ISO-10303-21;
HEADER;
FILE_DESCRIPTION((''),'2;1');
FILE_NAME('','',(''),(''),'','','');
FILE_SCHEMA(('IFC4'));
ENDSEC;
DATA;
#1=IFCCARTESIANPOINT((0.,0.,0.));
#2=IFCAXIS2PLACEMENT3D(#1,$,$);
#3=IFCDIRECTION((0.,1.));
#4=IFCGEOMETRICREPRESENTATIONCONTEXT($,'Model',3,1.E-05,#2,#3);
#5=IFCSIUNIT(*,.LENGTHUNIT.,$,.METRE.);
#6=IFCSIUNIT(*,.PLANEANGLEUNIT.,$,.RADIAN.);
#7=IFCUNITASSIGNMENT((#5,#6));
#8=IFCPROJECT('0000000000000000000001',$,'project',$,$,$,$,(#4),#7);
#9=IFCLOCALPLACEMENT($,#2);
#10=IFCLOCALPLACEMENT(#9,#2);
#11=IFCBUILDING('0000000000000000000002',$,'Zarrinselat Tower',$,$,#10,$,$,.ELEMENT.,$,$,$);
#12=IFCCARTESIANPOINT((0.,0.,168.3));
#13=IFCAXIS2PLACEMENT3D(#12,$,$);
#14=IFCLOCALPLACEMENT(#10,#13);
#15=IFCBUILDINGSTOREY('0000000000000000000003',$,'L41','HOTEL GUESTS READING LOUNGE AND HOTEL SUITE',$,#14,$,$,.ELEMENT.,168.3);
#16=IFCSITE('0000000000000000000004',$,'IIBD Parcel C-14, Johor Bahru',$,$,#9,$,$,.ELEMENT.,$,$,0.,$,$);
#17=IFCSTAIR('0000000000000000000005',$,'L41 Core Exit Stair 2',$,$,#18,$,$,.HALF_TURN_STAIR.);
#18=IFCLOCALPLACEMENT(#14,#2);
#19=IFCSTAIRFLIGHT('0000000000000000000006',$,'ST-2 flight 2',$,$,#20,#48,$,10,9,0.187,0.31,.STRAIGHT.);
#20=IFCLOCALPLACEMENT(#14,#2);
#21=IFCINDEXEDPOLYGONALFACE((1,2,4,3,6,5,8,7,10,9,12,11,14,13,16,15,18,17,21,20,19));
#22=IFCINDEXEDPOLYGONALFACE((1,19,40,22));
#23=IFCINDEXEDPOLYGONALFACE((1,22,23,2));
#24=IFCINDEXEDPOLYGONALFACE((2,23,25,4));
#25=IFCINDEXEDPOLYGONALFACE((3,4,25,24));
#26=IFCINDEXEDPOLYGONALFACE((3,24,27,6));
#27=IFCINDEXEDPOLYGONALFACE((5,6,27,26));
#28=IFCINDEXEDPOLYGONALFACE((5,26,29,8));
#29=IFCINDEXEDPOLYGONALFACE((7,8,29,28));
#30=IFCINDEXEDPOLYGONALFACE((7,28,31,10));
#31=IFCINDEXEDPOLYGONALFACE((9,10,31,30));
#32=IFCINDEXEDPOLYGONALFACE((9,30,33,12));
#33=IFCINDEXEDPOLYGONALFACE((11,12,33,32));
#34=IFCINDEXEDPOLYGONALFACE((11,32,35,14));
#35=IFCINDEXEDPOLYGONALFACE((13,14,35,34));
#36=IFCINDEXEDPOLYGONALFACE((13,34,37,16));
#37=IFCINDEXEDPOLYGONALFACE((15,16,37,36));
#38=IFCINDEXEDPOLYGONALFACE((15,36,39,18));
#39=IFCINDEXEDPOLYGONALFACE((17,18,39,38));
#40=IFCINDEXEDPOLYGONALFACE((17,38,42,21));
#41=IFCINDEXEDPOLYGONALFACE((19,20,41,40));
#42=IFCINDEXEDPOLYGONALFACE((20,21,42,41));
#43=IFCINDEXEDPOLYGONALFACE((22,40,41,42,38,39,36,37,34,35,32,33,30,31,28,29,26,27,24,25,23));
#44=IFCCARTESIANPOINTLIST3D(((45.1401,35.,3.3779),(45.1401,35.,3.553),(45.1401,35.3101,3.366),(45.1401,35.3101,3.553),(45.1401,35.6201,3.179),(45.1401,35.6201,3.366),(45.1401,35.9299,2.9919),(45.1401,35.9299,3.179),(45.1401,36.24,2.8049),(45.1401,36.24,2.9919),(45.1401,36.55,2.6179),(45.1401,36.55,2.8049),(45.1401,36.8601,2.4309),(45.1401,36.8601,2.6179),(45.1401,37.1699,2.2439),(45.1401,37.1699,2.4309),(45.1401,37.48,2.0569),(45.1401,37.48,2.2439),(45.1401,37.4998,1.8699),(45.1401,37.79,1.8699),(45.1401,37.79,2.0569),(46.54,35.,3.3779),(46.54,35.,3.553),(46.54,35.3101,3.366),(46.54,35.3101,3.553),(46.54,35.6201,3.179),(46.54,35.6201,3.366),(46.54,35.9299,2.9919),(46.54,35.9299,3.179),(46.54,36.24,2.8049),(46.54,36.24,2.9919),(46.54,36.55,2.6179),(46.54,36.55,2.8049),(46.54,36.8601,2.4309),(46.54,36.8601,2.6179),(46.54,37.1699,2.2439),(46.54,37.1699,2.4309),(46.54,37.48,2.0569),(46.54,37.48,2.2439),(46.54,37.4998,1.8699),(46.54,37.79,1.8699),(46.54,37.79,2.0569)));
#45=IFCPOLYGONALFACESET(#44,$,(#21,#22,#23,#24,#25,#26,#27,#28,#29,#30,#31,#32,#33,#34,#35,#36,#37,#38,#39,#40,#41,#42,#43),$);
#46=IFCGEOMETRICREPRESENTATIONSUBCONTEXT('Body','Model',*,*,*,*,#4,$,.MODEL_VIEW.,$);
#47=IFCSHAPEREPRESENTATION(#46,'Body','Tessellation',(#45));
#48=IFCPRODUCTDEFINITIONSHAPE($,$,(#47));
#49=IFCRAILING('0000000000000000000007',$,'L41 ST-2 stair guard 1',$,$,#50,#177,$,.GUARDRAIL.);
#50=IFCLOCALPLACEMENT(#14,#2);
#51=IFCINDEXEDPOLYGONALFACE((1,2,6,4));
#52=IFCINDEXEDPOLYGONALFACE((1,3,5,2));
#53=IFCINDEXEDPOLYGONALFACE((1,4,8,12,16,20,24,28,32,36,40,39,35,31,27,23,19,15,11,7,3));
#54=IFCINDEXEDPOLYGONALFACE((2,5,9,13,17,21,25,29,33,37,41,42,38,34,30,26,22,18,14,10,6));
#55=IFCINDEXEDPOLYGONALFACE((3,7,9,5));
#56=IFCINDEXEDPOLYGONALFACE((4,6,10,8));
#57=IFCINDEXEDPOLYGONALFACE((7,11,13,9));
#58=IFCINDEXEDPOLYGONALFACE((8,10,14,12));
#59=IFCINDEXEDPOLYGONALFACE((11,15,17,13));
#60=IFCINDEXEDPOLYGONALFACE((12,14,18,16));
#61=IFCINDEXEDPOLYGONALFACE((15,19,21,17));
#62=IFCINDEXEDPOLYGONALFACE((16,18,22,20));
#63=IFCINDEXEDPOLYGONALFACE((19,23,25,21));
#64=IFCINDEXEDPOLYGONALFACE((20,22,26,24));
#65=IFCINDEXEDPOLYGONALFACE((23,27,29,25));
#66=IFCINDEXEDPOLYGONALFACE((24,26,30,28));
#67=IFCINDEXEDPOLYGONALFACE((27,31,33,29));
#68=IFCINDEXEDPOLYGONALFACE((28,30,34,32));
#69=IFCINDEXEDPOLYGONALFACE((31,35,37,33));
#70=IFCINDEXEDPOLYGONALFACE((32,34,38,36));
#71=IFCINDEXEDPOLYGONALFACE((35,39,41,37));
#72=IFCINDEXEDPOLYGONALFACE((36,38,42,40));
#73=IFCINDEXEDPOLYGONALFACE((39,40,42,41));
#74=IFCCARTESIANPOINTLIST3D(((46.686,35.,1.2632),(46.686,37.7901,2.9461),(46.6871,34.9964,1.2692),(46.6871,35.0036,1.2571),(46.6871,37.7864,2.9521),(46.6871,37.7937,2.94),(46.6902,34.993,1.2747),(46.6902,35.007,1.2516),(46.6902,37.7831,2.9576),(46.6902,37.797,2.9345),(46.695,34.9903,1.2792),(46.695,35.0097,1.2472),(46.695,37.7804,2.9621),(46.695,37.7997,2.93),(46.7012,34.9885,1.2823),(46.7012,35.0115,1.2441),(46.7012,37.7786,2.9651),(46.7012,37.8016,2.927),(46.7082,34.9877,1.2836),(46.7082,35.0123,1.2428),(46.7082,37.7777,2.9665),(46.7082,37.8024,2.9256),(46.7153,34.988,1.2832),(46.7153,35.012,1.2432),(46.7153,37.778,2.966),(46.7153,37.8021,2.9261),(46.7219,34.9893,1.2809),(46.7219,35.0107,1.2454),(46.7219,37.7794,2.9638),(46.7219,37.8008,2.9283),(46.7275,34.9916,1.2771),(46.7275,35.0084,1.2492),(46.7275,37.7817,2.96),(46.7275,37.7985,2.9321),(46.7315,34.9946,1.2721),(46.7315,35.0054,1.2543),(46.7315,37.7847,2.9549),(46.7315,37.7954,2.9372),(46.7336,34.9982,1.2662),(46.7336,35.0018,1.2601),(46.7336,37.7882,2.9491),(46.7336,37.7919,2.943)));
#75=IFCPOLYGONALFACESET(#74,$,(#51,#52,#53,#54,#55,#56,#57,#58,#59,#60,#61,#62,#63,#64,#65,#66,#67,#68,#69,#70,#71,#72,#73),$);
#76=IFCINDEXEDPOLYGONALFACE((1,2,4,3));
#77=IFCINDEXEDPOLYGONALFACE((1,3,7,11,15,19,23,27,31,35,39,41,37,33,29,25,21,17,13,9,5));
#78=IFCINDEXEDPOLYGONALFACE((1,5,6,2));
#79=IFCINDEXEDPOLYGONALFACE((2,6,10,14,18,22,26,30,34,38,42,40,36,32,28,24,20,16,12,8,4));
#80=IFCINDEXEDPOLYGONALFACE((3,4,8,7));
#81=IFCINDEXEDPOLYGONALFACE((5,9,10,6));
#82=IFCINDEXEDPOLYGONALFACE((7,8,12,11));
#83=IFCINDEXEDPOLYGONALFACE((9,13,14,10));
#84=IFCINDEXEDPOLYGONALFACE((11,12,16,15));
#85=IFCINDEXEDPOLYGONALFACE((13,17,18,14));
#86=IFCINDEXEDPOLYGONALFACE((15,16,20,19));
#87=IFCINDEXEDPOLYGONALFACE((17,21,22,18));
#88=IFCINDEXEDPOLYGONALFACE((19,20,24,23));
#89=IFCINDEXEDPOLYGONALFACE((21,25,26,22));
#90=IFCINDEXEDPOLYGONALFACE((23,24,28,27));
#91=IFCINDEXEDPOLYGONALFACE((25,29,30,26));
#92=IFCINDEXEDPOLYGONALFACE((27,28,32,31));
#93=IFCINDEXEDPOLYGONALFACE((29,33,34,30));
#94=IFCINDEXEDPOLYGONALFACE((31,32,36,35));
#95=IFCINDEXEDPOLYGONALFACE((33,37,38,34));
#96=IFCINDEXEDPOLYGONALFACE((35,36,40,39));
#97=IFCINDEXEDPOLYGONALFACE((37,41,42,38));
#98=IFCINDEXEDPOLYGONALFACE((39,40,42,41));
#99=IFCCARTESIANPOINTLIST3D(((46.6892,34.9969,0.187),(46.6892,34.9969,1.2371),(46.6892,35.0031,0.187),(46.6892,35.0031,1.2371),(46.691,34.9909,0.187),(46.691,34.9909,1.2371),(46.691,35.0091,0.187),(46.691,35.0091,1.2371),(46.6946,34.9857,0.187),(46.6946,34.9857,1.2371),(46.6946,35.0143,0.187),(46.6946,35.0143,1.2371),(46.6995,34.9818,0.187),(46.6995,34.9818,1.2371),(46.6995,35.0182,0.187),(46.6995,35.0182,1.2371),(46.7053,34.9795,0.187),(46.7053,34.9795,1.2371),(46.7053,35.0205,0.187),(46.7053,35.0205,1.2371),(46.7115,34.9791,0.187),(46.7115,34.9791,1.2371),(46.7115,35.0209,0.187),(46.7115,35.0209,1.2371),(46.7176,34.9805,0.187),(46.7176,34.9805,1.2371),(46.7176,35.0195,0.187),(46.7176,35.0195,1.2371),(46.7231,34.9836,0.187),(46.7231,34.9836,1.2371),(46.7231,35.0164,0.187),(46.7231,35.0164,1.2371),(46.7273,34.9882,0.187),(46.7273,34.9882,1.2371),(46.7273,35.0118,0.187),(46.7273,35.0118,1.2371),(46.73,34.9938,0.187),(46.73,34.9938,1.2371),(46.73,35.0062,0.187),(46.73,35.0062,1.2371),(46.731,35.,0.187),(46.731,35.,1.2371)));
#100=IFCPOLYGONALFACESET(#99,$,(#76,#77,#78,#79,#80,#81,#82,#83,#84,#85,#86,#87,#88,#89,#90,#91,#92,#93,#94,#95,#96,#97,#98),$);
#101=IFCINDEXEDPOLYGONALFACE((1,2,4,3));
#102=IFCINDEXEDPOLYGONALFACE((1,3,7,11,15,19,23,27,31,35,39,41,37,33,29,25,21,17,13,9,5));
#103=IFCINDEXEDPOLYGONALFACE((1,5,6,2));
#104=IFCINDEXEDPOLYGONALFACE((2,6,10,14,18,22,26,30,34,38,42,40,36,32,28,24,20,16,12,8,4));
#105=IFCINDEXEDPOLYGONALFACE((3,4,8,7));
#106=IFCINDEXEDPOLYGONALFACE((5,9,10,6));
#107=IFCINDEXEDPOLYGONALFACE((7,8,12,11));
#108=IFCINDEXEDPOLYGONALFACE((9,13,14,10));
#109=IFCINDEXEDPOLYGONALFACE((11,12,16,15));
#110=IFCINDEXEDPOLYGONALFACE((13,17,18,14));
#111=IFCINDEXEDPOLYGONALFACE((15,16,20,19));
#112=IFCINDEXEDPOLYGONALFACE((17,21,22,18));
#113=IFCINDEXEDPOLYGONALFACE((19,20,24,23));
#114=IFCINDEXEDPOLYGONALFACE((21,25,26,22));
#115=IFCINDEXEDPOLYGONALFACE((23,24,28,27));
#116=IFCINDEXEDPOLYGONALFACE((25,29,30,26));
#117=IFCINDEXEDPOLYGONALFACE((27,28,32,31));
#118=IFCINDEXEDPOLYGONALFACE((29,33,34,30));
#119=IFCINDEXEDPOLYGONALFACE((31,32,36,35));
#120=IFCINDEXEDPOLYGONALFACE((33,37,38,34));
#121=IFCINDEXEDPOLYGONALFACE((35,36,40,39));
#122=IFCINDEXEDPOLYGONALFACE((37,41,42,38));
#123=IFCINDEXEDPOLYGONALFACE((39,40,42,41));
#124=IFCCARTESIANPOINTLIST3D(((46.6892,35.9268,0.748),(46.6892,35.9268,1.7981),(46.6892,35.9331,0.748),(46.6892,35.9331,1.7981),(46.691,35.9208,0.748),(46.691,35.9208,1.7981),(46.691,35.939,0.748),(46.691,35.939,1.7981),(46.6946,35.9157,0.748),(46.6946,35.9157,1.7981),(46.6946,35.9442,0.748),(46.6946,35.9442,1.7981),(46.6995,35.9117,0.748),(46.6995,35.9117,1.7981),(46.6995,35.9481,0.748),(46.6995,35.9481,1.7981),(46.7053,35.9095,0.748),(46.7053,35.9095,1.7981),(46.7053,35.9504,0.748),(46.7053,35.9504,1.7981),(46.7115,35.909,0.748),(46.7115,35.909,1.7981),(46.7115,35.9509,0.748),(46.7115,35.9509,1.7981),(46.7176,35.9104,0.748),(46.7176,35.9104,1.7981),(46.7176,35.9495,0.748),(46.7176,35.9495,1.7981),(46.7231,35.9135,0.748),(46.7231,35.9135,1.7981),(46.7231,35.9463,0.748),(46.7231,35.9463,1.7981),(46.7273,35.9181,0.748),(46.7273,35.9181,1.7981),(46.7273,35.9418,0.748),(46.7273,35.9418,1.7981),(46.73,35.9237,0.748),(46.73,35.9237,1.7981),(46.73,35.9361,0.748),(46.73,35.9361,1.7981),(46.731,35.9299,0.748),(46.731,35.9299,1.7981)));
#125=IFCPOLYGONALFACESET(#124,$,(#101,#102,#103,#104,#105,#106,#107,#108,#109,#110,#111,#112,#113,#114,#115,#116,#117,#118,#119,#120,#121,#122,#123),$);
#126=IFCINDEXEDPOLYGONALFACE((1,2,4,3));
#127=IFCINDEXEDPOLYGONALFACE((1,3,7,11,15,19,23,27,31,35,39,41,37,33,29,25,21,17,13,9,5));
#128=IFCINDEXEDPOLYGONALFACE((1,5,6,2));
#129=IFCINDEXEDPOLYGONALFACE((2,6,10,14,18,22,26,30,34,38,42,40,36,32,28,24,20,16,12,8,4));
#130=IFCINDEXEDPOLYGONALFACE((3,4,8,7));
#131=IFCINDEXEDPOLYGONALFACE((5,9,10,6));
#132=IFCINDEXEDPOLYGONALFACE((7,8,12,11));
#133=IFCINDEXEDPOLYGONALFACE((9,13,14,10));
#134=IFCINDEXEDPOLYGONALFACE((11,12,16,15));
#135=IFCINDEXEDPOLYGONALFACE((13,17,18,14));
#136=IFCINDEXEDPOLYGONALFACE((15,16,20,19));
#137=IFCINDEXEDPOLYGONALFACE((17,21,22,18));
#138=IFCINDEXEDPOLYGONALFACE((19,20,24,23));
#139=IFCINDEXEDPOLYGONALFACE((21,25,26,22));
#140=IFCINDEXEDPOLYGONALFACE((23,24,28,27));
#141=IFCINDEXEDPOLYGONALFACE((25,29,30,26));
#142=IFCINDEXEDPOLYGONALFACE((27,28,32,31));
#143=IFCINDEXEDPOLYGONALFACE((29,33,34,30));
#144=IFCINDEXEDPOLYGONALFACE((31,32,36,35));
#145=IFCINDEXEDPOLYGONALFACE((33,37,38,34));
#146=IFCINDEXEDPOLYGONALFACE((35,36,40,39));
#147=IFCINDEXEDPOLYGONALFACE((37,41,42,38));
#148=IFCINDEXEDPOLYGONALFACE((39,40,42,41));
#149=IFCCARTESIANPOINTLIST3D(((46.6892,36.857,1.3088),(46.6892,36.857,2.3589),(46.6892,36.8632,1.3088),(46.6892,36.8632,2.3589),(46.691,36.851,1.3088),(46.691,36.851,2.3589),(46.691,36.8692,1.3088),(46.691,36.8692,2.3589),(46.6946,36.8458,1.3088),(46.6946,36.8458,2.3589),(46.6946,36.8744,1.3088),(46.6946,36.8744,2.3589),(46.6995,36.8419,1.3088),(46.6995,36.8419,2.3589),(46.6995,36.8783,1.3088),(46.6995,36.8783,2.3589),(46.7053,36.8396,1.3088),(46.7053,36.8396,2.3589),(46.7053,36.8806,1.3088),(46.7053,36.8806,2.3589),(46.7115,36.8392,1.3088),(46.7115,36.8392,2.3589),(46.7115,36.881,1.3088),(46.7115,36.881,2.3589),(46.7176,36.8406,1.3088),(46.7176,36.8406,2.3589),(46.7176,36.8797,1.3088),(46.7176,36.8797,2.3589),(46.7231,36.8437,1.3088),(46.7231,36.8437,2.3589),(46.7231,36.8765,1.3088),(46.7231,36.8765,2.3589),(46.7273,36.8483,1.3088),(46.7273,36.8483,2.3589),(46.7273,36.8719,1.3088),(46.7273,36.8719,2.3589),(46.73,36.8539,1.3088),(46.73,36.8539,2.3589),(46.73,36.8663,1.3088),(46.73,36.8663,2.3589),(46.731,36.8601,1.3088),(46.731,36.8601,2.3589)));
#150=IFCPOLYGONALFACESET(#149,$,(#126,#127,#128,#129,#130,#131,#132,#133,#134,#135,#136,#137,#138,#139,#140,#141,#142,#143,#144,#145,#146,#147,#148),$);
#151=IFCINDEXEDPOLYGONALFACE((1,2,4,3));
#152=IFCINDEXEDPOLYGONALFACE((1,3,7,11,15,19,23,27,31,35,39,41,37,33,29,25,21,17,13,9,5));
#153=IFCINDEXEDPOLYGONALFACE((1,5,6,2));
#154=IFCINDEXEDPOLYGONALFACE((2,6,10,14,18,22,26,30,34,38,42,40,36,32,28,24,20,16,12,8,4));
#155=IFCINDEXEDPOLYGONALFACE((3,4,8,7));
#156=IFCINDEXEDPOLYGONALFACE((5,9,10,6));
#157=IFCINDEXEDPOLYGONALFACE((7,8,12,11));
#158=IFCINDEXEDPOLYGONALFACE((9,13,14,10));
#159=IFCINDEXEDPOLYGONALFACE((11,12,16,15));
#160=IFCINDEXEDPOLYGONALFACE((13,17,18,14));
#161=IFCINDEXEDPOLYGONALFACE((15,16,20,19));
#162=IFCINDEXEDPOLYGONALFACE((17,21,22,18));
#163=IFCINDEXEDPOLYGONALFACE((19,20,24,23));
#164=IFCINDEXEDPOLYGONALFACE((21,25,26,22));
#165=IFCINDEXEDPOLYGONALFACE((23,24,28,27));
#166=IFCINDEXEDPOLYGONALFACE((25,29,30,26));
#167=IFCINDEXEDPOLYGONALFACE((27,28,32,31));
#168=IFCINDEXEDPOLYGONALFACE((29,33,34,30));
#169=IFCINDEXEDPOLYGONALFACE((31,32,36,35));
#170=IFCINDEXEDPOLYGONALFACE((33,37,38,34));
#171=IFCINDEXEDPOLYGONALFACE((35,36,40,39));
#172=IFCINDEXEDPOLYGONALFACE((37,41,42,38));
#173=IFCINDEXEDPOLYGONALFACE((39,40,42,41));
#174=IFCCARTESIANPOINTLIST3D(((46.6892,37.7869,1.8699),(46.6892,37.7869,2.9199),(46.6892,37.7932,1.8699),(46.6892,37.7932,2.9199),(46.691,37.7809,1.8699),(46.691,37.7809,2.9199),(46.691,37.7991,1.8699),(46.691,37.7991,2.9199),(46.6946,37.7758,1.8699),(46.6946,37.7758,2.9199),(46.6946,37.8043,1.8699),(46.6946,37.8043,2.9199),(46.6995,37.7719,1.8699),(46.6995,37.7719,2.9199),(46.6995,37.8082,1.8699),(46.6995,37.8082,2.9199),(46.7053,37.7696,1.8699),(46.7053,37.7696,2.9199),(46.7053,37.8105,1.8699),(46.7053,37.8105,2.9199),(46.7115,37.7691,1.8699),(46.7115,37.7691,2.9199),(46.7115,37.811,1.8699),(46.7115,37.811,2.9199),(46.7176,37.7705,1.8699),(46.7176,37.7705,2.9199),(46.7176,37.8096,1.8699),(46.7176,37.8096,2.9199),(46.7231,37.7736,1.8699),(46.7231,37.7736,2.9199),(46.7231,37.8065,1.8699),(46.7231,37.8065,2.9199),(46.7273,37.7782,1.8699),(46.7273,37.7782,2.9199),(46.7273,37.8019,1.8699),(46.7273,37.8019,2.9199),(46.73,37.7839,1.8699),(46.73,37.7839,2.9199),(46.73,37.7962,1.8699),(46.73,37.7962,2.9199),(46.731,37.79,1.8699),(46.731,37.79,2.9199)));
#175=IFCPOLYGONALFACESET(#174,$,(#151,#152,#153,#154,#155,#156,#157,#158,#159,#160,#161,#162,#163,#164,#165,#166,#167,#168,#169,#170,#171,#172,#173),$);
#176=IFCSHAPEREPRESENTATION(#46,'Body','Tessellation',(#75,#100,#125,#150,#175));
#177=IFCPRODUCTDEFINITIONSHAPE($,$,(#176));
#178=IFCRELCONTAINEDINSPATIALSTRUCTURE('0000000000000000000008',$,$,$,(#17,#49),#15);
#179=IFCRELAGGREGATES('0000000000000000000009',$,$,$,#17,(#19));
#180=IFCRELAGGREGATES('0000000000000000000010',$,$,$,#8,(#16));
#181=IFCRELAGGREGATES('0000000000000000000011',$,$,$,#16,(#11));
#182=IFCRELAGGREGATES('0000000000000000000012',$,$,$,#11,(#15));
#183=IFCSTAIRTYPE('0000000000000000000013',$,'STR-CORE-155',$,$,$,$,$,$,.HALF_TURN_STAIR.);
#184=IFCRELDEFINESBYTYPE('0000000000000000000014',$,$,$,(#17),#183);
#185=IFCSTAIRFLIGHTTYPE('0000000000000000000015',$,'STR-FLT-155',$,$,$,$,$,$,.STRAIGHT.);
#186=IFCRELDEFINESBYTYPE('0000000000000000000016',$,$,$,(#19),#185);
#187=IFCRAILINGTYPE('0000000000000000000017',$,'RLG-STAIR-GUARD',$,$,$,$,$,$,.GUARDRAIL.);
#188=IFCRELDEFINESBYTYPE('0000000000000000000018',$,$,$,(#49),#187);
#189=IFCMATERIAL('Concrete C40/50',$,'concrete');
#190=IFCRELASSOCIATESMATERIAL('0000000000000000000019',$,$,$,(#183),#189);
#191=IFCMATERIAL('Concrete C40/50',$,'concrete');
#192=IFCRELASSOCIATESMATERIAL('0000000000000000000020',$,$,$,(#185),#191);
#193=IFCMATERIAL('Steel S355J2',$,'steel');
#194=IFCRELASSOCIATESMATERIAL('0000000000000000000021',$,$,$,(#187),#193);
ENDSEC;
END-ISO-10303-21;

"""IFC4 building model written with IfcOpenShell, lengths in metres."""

from ifc_helpers import new_model, si_unit, direction, frame, origin, origin_2d, place, context, subcontext, project, spatial, polyline, circle, outline, extrude, material, type_object, element, aggregate, save


model = new_model("IFC4")

# Units and contexts
model_context = context("Model", 3, precision=1e-05, world=origin(), true_north=direction((0.0, 1.0)))
body_context = subcontext(model_context, "Body", "Model", "MODEL_VIEW")
ifc_project = project(units=[si_unit("LENGTHUNIT", "METRE"), si_unit("PLANEANGLEUNIT", "RADIAN")], contexts=[model_context])

# Site, building, storey
site_placement = place(None, origin())
site = spatial("IfcSite", under=ifc_project, at=site_placement, Name="IIBD Parcel C-14, Johor Bahru", CompositionType="ELEMENT", RefElevation=0.0)
building_placement = place(site_placement, origin())
building = spatial("IfcBuilding", under=site, at=building_placement, Name="Zarrinselat Tower", CompositionType="ELEMENT")
storey_placement = place(building_placement, frame((0.0, 0.0, 168.3)))
storey = spatial("IfcBuildingStorey", under=building, at=storey_placement, Name="L41", Description="HOTEL GUESTS READING LOUNGE AND HOTEL SUITE", CompositionType="ELEMENT", Elevation=168.3)

# Stair, stair flight
ifc_material_1 = material(Name="Concrete C40/50", Category="concrete")
stair_type = type_object("IfcStairType", Name="STR-CORE-155", PredefinedType="HALF_TURN_STAIR", material=ifc_material_1)
stair_placement = place(storey_placement, origin())
stair = element("IfcStair", 1, at=stair_placement, inside=storey, type_object=stair_type, Name="L41 Core Exit Stair 2", PredefinedType="HALF_TURN_STAIR")
ifc_material_2 = material(Name="Concrete C40/50", Category="concrete")
stair_flight_type = type_object("IfcStairFlightType", Name="STR-FLT-155", PredefinedType="STRAIGHT", material=ifc_material_2)
stair_flight_1_placement = place(storey_placement, frame((45.8401, 37.79, 1.8699), z_axis=(0.0, 0.0, 1.0), x_axis=(0.0, -1.0, 0.0)))
stair_flight_1 = element("IfcStairFlight", 2, at=stair_flight_1_placement, type_object=stair_flight_type, Name="ST-2 flight 2", NumberOfRisers=10, NumberOfTreads=9, PredefinedType="STRAIGHT", RiserHeight=0.187, TreadLength=0.31, context=body_context, shape_type="SweptSolid", body=[
    extrude(outline(polyline([(0.0, 0.0), (0.0, 0.187), (0.3101, 0.187), (0.3101, 0.374), (0.6201, 0.374), (0.6201, 0.561), (0.9299, 0.561), (0.9299, 0.748), (1.24, 0.748), (1.24, 0.9351), (1.55, 0.9351), (1.55, 1.1221), (1.8601, 1.1221), (1.8601, 1.3091), (2.1699, 1.3091), (2.1699, 1.4961), (2.48, 1.4961), (2.48, 1.6831), (2.79, 1.6831), (2.79, 1.8701), (2.79, 1.5081), (0.2903, 0.0), (0.0, 0.0)])), frame((0.0, 0.7, 0.0), z_axis=(0.0, -1.0, 0.0), x_axis=(1.0, 0.0, 0.0)), (0.0, 0.0, 1.0), 1.3999),
])
aggregate(stair, [stair_flight_1])

# Railing
ifc_material_3 = material(Name="Steel S355J2", Category="steel")
railing_type_1 = type_object("IfcRailingType", Name="RLG-STAIR-GUARD", PredefinedType="GUARDRAIL", material=ifc_material_3)
railing_1_placement = place(storey_placement, frame((46.71, 35.0, 0.187)))
element("IfcRailing", 3, at=railing_1_placement, inside=storey, type_object=railing_type_1, Name="L41 ST-2 stair guard 1", PredefinedType="GUARDRAIL", context=body_context, shape_type="SweptSolid", body=[
    extrude(circle(Radius=0.0239, at=origin_2d()), frame((0.0, 0.0, 1.0762), z_axis=(0.0, 0.856294, 0.516489), x_axis=(-1.0, 0.0, 0.0)), (0.0, 0.0, 1.0), 3.2583),
    extrude(circle(Radius=0.021, at=origin_2d()), origin(), (0.0, 0.0, 1.0), 1.05),
    extrude(circle(Radius=0.021, at=origin_2d()), frame((0.0, 0.9299, 0.561)), (0.0, 0.0, 1.0), 1.05),
    extrude(circle(Radius=0.021, at=origin_2d()), frame((0.0, 1.8601, 1.1218)), (0.0, 0.0, 1.0), 1.05),
    extrude(circle(Radius=0.021, at=origin_2d()), frame((0.0, 2.79, 1.6829)), (0.0, 0.0, 1.0), 1.05),
])

save(model, "model.ifc")
